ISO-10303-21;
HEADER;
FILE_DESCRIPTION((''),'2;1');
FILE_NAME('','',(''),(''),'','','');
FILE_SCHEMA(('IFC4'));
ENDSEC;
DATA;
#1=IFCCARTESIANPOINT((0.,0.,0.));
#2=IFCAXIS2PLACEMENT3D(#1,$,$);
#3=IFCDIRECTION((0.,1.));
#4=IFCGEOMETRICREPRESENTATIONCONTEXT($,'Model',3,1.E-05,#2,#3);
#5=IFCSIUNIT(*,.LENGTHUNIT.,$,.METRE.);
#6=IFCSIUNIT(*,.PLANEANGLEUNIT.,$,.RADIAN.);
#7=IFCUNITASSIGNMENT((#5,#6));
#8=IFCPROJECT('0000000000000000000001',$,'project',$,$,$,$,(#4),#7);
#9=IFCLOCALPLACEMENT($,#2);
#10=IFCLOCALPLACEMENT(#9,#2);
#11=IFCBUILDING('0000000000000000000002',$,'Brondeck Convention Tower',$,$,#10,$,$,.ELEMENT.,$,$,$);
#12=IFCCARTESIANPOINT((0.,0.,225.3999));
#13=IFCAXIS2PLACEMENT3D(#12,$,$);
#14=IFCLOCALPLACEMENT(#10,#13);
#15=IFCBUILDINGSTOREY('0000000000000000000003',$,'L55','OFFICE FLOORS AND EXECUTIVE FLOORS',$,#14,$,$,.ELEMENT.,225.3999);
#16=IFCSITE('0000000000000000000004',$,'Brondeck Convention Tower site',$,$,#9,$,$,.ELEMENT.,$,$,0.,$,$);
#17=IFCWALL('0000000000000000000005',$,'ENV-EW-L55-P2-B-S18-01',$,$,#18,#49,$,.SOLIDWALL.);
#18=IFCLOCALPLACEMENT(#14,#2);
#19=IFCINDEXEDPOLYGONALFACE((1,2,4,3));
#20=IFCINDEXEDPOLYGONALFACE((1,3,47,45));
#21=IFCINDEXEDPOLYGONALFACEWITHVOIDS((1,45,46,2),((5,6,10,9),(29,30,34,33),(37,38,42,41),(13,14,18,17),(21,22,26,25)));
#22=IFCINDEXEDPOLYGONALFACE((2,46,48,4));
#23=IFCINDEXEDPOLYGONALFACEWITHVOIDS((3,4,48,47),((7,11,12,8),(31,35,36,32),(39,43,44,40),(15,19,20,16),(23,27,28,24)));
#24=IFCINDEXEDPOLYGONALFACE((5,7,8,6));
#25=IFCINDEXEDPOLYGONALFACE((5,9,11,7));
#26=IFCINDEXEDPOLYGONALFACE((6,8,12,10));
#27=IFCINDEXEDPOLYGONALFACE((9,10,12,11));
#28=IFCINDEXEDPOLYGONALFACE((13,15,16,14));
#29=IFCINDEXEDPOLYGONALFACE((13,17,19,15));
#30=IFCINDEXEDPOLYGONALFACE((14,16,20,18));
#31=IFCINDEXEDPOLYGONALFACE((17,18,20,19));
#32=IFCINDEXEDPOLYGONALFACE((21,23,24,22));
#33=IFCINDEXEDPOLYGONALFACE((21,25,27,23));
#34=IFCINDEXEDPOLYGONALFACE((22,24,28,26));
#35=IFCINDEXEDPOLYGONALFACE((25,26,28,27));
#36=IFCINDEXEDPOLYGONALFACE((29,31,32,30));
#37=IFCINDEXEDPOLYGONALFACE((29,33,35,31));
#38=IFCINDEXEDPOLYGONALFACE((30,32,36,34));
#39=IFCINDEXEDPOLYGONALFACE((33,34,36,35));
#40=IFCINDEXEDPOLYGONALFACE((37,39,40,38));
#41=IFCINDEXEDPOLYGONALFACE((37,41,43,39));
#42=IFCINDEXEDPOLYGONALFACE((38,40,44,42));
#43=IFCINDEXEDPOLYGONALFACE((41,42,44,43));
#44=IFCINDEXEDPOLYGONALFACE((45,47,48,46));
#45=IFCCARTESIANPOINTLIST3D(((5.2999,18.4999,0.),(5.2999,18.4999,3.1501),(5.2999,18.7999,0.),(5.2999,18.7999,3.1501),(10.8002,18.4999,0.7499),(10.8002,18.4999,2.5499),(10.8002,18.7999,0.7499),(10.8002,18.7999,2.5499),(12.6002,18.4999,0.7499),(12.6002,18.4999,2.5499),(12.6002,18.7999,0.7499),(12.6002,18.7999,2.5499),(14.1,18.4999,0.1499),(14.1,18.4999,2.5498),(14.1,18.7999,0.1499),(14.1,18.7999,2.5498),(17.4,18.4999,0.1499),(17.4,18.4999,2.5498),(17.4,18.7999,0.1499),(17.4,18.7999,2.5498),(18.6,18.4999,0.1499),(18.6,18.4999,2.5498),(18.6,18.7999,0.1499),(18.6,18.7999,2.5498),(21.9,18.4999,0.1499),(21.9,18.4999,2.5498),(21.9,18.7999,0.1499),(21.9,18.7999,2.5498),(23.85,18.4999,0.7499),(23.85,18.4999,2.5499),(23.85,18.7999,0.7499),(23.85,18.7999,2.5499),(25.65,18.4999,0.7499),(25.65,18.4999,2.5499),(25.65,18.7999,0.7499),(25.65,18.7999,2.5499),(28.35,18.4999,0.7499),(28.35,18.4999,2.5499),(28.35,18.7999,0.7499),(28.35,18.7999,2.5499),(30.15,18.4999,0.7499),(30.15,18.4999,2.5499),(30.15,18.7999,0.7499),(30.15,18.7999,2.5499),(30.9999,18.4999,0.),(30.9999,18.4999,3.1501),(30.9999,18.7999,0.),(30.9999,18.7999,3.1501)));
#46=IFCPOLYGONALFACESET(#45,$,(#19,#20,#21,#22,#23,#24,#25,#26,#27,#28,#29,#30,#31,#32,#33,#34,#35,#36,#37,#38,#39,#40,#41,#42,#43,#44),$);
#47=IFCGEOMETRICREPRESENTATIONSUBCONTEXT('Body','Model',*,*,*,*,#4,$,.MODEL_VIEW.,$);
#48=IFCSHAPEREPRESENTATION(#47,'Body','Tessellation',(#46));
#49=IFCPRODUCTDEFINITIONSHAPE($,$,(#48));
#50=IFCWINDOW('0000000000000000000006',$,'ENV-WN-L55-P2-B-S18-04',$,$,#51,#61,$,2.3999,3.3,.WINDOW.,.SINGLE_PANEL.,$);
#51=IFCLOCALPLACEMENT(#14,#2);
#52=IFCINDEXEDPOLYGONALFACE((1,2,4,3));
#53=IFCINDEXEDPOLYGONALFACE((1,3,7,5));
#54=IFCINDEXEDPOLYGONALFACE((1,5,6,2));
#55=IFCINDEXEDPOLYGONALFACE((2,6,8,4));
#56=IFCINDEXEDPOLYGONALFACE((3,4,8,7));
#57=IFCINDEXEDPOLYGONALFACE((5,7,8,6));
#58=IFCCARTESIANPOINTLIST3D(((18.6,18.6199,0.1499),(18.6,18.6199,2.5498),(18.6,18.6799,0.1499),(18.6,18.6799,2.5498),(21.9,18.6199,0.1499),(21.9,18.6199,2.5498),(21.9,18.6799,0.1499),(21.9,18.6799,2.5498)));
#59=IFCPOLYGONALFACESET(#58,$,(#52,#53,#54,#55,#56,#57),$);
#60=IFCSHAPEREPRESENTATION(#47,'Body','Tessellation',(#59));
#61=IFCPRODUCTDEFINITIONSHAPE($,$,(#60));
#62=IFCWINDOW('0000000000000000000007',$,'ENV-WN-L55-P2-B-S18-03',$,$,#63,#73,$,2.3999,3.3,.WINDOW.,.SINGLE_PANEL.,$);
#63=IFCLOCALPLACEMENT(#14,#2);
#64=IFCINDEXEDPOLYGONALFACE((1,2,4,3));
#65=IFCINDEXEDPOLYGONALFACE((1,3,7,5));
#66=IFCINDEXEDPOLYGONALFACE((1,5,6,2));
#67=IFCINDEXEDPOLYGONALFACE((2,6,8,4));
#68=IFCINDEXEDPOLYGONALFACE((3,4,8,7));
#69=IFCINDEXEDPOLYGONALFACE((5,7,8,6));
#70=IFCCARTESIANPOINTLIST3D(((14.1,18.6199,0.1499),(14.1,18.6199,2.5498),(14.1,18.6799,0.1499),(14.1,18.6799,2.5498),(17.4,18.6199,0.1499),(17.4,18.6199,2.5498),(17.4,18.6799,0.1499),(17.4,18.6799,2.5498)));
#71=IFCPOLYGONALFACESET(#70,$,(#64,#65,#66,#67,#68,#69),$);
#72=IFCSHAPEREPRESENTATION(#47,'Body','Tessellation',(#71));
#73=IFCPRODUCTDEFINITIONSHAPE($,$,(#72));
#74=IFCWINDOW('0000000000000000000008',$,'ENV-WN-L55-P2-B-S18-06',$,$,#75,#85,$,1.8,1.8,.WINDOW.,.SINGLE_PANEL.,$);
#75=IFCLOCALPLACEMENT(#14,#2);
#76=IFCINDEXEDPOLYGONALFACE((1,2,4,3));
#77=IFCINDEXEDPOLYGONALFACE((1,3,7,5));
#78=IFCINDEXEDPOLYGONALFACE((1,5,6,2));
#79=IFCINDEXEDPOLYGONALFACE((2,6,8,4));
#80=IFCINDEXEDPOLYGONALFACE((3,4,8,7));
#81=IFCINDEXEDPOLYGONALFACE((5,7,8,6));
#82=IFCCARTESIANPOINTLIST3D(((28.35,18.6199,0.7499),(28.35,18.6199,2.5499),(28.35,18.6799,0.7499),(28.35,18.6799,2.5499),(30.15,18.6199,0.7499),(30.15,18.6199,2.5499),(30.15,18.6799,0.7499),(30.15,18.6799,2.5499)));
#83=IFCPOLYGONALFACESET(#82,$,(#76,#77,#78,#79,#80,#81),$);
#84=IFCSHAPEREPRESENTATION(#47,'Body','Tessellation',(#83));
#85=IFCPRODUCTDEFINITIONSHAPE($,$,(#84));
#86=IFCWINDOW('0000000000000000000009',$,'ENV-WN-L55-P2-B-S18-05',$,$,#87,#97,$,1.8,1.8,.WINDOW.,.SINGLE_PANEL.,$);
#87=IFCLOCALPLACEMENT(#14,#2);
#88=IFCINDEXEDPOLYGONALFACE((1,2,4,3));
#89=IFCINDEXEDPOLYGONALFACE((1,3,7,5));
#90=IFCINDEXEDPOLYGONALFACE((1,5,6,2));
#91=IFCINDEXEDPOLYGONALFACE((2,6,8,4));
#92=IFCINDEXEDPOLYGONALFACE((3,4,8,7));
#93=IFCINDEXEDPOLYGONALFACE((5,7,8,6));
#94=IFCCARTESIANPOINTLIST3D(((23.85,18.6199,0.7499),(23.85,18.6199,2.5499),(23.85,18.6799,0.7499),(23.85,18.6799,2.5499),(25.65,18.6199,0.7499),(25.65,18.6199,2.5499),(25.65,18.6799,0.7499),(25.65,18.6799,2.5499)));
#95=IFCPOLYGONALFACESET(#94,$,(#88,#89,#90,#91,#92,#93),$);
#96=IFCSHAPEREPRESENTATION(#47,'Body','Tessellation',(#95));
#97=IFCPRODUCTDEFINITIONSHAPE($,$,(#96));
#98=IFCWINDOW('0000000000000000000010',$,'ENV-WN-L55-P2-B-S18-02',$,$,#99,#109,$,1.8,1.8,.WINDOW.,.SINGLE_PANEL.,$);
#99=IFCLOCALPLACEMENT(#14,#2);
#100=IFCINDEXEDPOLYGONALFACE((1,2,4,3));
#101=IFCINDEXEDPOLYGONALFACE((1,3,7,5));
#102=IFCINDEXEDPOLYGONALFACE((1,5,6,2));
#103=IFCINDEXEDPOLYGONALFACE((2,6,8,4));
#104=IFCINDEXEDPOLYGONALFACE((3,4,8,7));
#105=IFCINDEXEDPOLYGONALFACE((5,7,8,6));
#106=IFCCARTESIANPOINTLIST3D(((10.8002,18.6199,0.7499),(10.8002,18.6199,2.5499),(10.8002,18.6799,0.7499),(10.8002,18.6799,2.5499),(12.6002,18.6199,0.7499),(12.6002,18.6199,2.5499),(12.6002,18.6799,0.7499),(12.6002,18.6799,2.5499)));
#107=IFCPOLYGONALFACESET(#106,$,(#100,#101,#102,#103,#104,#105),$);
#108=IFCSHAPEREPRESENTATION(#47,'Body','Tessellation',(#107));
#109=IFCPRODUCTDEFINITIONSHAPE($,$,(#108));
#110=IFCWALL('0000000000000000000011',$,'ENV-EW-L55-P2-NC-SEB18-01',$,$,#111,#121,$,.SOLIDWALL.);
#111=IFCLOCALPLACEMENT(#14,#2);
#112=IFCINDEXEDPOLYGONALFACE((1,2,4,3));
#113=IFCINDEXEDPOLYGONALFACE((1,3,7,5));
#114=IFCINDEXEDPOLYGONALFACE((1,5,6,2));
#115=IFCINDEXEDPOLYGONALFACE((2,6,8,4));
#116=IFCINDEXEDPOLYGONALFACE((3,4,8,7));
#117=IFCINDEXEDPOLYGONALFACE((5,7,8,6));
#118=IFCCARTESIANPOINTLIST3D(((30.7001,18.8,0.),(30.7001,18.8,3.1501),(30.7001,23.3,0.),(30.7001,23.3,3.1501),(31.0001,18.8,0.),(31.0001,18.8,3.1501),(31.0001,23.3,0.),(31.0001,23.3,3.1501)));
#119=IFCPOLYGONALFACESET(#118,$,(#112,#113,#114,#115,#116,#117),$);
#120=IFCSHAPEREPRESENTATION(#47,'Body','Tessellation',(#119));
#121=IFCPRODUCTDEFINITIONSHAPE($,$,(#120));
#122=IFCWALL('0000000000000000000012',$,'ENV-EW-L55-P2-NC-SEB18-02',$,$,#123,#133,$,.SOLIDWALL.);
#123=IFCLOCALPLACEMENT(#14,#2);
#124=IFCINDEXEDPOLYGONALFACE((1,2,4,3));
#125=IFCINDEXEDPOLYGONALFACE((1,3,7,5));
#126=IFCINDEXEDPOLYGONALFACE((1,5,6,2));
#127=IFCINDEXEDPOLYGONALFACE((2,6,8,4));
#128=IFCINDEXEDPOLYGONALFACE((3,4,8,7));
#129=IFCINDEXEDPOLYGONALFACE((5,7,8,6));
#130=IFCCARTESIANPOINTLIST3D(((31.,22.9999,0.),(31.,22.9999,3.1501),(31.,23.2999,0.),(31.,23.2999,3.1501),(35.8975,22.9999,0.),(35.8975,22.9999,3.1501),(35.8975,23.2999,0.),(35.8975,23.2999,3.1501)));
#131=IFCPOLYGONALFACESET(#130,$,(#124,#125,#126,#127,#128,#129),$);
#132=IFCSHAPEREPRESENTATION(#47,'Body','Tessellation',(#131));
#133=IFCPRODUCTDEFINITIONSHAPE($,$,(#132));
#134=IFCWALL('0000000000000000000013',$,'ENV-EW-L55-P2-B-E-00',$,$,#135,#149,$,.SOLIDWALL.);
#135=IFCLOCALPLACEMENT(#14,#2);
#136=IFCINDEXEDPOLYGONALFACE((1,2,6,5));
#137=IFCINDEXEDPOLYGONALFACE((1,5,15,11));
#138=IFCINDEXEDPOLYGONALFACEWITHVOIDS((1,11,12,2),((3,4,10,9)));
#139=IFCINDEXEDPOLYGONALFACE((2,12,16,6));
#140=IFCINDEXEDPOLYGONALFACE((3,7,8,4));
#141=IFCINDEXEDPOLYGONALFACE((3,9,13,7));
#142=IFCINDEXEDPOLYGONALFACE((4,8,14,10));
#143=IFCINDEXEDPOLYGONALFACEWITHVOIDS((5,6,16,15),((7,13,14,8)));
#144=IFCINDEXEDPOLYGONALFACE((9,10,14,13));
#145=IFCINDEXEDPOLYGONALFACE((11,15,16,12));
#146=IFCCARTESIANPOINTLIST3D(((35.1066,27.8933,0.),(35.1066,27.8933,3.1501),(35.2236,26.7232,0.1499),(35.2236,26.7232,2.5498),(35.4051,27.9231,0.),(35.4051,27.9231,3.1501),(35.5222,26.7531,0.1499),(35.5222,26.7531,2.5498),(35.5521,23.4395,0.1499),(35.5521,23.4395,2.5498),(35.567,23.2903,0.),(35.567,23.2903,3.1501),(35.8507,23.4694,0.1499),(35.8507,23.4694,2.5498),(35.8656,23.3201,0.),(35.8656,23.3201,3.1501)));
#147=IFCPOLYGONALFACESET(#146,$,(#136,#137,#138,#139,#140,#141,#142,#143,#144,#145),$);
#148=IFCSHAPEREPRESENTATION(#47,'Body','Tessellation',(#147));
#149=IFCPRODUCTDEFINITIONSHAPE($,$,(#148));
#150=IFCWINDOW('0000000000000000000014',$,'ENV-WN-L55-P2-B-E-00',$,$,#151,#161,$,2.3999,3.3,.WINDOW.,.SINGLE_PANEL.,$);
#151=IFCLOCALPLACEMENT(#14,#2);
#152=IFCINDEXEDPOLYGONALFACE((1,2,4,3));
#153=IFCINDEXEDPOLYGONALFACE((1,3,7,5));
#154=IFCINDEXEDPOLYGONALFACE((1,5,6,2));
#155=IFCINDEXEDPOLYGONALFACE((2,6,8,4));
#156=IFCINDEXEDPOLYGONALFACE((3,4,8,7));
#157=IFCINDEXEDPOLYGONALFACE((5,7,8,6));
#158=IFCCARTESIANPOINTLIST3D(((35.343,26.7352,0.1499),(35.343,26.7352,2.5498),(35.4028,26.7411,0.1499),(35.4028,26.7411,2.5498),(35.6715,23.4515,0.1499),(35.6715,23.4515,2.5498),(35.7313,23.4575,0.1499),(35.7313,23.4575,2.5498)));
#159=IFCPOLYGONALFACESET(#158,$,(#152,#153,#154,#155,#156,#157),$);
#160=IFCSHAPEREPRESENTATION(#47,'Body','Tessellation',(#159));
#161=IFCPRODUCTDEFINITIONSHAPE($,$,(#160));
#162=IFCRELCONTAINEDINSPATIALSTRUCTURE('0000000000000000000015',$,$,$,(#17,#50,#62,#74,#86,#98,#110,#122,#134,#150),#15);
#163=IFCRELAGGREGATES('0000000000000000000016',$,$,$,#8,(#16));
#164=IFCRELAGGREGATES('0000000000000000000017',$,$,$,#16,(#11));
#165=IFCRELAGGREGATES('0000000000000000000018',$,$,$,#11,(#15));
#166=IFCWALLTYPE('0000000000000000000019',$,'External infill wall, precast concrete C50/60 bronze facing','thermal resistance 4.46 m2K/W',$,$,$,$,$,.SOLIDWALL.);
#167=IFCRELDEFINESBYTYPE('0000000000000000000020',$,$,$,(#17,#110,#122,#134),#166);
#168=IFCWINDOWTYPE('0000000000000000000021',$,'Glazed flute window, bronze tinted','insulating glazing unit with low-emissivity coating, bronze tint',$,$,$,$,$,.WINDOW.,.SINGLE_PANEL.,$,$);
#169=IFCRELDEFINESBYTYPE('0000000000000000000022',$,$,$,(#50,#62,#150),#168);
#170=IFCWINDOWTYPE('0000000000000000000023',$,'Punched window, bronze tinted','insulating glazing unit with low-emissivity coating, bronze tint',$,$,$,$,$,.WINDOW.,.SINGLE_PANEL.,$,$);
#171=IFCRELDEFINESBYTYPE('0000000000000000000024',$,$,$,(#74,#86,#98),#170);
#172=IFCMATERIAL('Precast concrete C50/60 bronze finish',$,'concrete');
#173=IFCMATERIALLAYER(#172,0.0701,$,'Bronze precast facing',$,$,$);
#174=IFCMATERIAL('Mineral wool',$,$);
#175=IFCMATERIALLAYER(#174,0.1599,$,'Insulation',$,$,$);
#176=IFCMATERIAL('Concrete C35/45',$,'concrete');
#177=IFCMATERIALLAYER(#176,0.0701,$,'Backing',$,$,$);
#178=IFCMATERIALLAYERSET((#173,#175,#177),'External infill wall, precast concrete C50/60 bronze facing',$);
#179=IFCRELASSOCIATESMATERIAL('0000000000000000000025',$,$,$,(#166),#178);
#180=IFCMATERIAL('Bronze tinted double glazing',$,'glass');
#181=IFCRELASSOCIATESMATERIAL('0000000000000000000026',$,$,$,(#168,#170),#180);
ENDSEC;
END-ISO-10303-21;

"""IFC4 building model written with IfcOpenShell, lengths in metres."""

from ifc_helpers import new_model, si_unit, direction, frame, frame_2d, origin, place, context, subcontext, project, spatial, rectangle, extrude, material, layer, layer_set, type_object, element, fill, save


model = new_model("IFC4")

# Units and contexts
model_context = context("Model", 3, precision=1e-05, world=origin(), true_north=direction((0.0, 1.0)))
body_context = subcontext(model_context, "Body", "Model", "MODEL_VIEW")
ifc_project = project(units=[si_unit("LENGTHUNIT", "METRE"), si_unit("PLANEANGLEUNIT", "RADIAN")], contexts=[model_context])

# Site, building, storey
site_placement = place(None, origin())
site = spatial("IfcSite", under=ifc_project, at=site_placement, Name="Brondeck Convention Tower site", CompositionType="ELEMENT", RefElevation=0.0)
building_placement = place(site_placement, origin())
building = spatial("IfcBuilding", under=site, at=building_placement, Name="Brondeck Convention Tower", CompositionType="ELEMENT")
storey_placement = place(building_placement, frame((0.0, 0.0, 225.3999)))
storey = spatial("IfcBuildingStorey", under=building, at=storey_placement, Name="L55", Description="OFFICE FLOORS AND EXECUTIVE FLOORS", CompositionType="ELEMENT", Elevation=225.3999)

# Wall, openings, windows
ifc_material_1 = material(Name="Precast concrete C50/60 bronze finish", Category="concrete")
ifc_layer_1 = layer(ifc_material_1, 0.0701, Name="Bronze precast facing")
ifc_material_2 = material(Name="Mineral wool")
ifc_layer_2 = layer(ifc_material_2, 0.1599, Name="Insulation")
ifc_material_3 = material(Name="Concrete C35/45", Category="concrete")
ifc_layer_3 = layer(ifc_material_3, 0.0701, Name="Backing")
ifc_layer_set_1 = layer_set([ifc_layer_1, ifc_layer_2, ifc_layer_3], Name="External infill wall, precast concrete C50/60 bronze facing")
wall_type_1 = type_object("IfcWallType", Name="External infill wall, precast concrete C50/60 bronze facing", Description="thermal resistance 4.46 m2K/W", PredefinedType="SOLIDWALL", material=ifc_layer_set_1)
wall_1_placement = place(storey_placement, frame((31.0, 18.6499, 0.0), z_axis=(0.0, 0.0, 1.0), x_axis=(-1.0, 0.0, 0.0)))
wall_1 = element("IfcWall", 1, at=wall_1_placement, inside=storey, type_object=wall_type_1, Name="ENV-EW-L55-P2-B-S18-01", PredefinedType="SOLIDWALL", context=body_context, shape_type="SweptSolid", body=[
    extrude(rectangle(XDim=25.7, YDim=0.3, at=frame_2d((12.8501, 0.0))), origin(), (0.0, 0.0, 1.0), 3.1501),
])
opening_1_placement = place(wall_1_placement, frame((0.8501, 0.0, 0.75)))
opening_1 = element("IfcOpeningElement", 2, at=opening_1_placement, cuts=wall_1, PredefinedType="OPENING", context=body_context, shape_type="SweptSolid", body=[
    extrude(rectangle(XDim=1.8, YDim=1.8, at=frame_2d((0.8999, 0.8999))), frame((0.0, 0.1599, 0.0), z_axis=(0.0, -1.0, 0.0), x_axis=(1.0, 0.0, 0.0)), (0.0, 0.0, 1.0), 0.3201),
])
opening_2_placement = place(wall_1_placement, frame((5.3501, 0.0, 0.75)))
opening_2 = element("IfcOpeningElement", 3, at=opening_2_placement, cuts=wall_1, PredefinedType="OPENING", context=body_context, shape_type="SweptSolid", body=[
    extrude(rectangle(XDim=1.8, YDim=1.8, at=frame_2d((0.8999, 0.8999))), frame((0.0, 0.1599, 0.0), z_axis=(0.0, -1.0, 0.0), x_axis=(1.0, 0.0, 0.0)), (0.0, 0.0, 1.0), 0.3201),
])
opening_3_placement = place(wall_1_placement, frame((9.1001, 0.0, 0.1499)))
opening_3 = element("IfcOpeningElement", 4, at=opening_3_placement, cuts=wall_1, PredefinedType="OPENING", context=body_context, shape_type="SweptSolid", body=[
    extrude(rectangle(XDim=3.3, YDim=2.3999, at=frame_2d((1.6499, 1.2))), frame((0.0, 0.1599, 0.0), z_axis=(0.0, -1.0, 0.0), x_axis=(1.0, 0.0, 0.0)), (0.0, 0.0, 1.0), 0.3201),
])
opening_4_placement = place(wall_1_placement, frame((13.6001, 0.0, 0.1499)))
opening_4 = element("IfcOpeningElement", 5, at=opening_4_placement, cuts=wall_1, PredefinedType="OPENING", context=body_context, shape_type="SweptSolid", body=[
    extrude(rectangle(XDim=3.3, YDim=2.3999, at=frame_2d((1.6499, 1.2))), frame((0.0, 0.1599, 0.0), z_axis=(0.0, -1.0, 0.0), x_axis=(1.0, 0.0, 0.0)), (0.0, 0.0, 1.0), 0.3201),
])
opening_5_placement = place(wall_1_placement, frame((18.3999, 0.0, 0.75)))
opening_5 = element("IfcOpeningElement", 6, at=opening_5_placement, cuts=wall_1, PredefinedType="OPENING", context=body_context, shape_type="SweptSolid", body=[
    extrude(rectangle(XDim=1.8, YDim=1.8, at=frame_2d((0.8999, 0.8999))), frame((0.0, 0.1599, 0.0), z_axis=(0.0, -1.0, 0.0), x_axis=(1.0, 0.0, 0.0)), (0.0, 0.0, 1.0), 0.3201),
])
ifc_material_4 = material(Name="Bronze tinted double glazing", Category="glass")
window_type_1 = type_object("IfcWindowType", Name="Glazed flute window, bronze tinted", Description="insulating glazing unit with low-emissivity coating, bronze tint", PartitioningType="SINGLE_PANEL", PredefinedType="WINDOW", material=ifc_material_4)
window_1_placement = place(opening_3_placement, origin())
window_1 = element("IfcWindow", 7, at=window_1_placement, inside=storey, type_object=window_type_1, Name="ENV-WN-L55-P2-B-S18-04", OverallHeight=2.3999, OverallWidth=3.3, PartitioningType="SINGLE_PANEL", PredefinedType="WINDOW", context=body_context, shape_type="SweptSolid", body=[
    extrude(rectangle(XDim=3.3, YDim=2.3999, at=frame_2d((1.6499, 1.2))), frame((0.0, 0.03, 0.0), z_axis=(0.0, -1.0, 0.0), x_axis=(1.0, 0.0, 0.0)), (0.0, 0.0, 1.0), 0.0601),
])
fill(opening_3, window_1)
window_2_placement = place(opening_4_placement, origin())
window_2 = element("IfcWindow", 8, at=window_2_placement, inside=storey, type_object=window_type_1, Name="ENV-WN-L55-P2-B-S18-03", OverallHeight=2.3999, OverallWidth=3.3, PartitioningType="SINGLE_PANEL", PredefinedType="WINDOW", context=body_context, shape_type="SweptSolid", body=[
    extrude(rectangle(XDim=3.3, YDim=2.3999, at=frame_2d((1.6499, 1.2))), frame((0.0, 0.03, 0.0), z_axis=(0.0, -1.0, 0.0), x_axis=(1.0, 0.0, 0.0)), (0.0, 0.0, 1.0), 0.0601),
])
fill(opening_4, window_2)
window_type_2 = type_object("IfcWindowType", Name="Punched window, bronze tinted", Description="insulating glazing unit with low-emissivity coating, bronze tint", PartitioningType="SINGLE_PANEL", PredefinedType="WINDOW", material=ifc_material_4)
window_3_placement = place(opening_1_placement, origin())
window_3 = element("IfcWindow", 9, at=window_3_placement, inside=storey, type_object=window_type_2, Name="ENV-WN-L55-P2-B-S18-06", OverallHeight=1.8, OverallWidth=1.8, PartitioningType="SINGLE_PANEL", PredefinedType="WINDOW", context=body_context, shape_type="SweptSolid", body=[
    extrude(rectangle(XDim=1.8, YDim=1.8, at=frame_2d((0.8999, 0.8999))), frame((0.0, 0.03, 0.0), z_axis=(0.0, -1.0, 0.0), x_axis=(1.0, 0.0, 0.0)), (0.0, 0.0, 1.0), 0.0601),
])
fill(opening_1, window_3)
window_4_placement = place(opening_2_placement, origin())
window_4 = element("IfcWindow", 10, at=window_4_placement, inside=storey, type_object=window_type_2, Name="ENV-WN-L55-P2-B-S18-05", OverallHeight=1.8, OverallWidth=1.8, PartitioningType="SINGLE_PANEL", PredefinedType="WINDOW", context=body_context, shape_type="SweptSolid", body=[
    extrude(rectangle(XDim=1.8, YDim=1.8, at=frame_2d((0.8999, 0.8999))), frame((0.0, 0.03, 0.0), z_axis=(0.0, -1.0, 0.0), x_axis=(1.0, 0.0, 0.0)), (0.0, 0.0, 1.0), 0.0601),
])
fill(opening_2, window_4)
window_5_placement = place(opening_5_placement, origin())
window_5 = element("IfcWindow", 11, at=window_5_placement, inside=storey, type_object=window_type_2, Name="ENV-WN-L55-P2-B-S18-02", OverallHeight=1.8, OverallWidth=1.8, PartitioningType="SINGLE_PANEL", PredefinedType="WINDOW", context=body_context, shape_type="SweptSolid", body=[
    extrude(rectangle(XDim=1.8, YDim=1.8, at=frame_2d((0.8999, 0.8999))), frame((0.0, 0.03, 0.0), z_axis=(0.0, -1.0, 0.0), x_axis=(1.0, 0.0, 0.0)), (0.0, 0.0, 1.0), 0.0601),
])
fill(opening_5, window_5)

# Walls
wall_2_placement = place(storey_placement, frame((30.8501, 23.3, 0.0), z_axis=(0.0, 0.0, 1.0), x_axis=(0.0, -1.0, 0.0)))
element("IfcWall", 12, at=wall_2_placement, inside=storey, type_object=wall_type_1, Name="ENV-EW-L55-P2-NC-SEB18-01", PredefinedType="SOLIDWALL", context=body_context, shape_type="SweptSolid", body=[
    extrude(rectangle(XDim=4.5, YDim=0.3, at=frame_2d((2.25, 0.0))), origin(), (0.0, 0.0, 1.0), 3.1501),
])
wall_3_placement = place(storey_placement, frame((35.8975, 23.1499, 0.0), z_axis=(0.0, 0.0, 1.0), x_axis=(-1.0, 0.0, 0.0)))
element("IfcWall", 13, at=wall_3_placement, inside=storey, type_object=wall_type_1, Name="ENV-EW-L55-P2-NC-SEB18-02", PredefinedType="SOLIDWALL", context=body_context, shape_type="SweptSolid", body=[
    extrude(rectangle(XDim=4.8975, YDim=0.3, at=frame_2d((2.4487, 0.0))), origin(), (0.0, 0.0, 1.0), 3.1501),
])

# Wall, opening, window
wall_4_placement = place(storey_placement, frame((35.2559, 27.9082, 0.0), z_axis=(0.0, 0.0, 1.0), x_axis=(0.099535, -0.995034, 0.0)))
wall_4 = element("IfcWall", 14, at=wall_4_placement, inside=storey, type_object=wall_type_1, Name="ENV-EW-L55-P2-B-E-00", PredefinedType="SOLIDWALL", context=body_context, shape_type="SweptSolid", body=[
    extrude(rectangle(XDim=4.626, YDim=0.3, at=frame_2d((2.313, 0.0))), origin(), (0.0, 0.0, 1.0), 3.1501),
])
opening_6_placement = place(wall_4_placement, frame((1.176, 0.0, 0.1499)))
opening_6 = element("IfcOpeningElement", 15, at=opening_6_placement, cuts=wall_4, PredefinedType="OPENING", context=body_context, shape_type="SweptSolid", body=[
    extrude(rectangle(XDim=3.3, YDim=2.3999, at=frame_2d((1.6499, 1.2))), frame((0.0, 0.1599, 0.0), z_axis=(0.0, -1.0, 0.0), x_axis=(1.0, 0.0, 0.0)), (0.0, 0.0, 1.0), 0.3201),
])
window_6_placement = place(opening_6_placement, origin())
window_6 = element("IfcWindow", 16, at=window_6_placement, inside=storey, type_object=window_type_1, Name="ENV-WN-L55-P2-B-E-00", OverallHeight=2.3999, OverallWidth=3.3, PartitioningType="SINGLE_PANEL", PredefinedType="WINDOW", context=body_context, shape_type="SweptSolid", body=[
    extrude(rectangle(XDim=3.3, YDim=2.3999, at=frame_2d((1.6499, 1.2))), frame((0.0, 0.03, 0.0), z_axis=(0.0, -1.0, 0.0), x_axis=(1.0, 0.0, 0.0)), (0.0, 0.0, 1.0), 0.0601),
])
fill(opening_6, window_6)

save(model, "model.ifc")
